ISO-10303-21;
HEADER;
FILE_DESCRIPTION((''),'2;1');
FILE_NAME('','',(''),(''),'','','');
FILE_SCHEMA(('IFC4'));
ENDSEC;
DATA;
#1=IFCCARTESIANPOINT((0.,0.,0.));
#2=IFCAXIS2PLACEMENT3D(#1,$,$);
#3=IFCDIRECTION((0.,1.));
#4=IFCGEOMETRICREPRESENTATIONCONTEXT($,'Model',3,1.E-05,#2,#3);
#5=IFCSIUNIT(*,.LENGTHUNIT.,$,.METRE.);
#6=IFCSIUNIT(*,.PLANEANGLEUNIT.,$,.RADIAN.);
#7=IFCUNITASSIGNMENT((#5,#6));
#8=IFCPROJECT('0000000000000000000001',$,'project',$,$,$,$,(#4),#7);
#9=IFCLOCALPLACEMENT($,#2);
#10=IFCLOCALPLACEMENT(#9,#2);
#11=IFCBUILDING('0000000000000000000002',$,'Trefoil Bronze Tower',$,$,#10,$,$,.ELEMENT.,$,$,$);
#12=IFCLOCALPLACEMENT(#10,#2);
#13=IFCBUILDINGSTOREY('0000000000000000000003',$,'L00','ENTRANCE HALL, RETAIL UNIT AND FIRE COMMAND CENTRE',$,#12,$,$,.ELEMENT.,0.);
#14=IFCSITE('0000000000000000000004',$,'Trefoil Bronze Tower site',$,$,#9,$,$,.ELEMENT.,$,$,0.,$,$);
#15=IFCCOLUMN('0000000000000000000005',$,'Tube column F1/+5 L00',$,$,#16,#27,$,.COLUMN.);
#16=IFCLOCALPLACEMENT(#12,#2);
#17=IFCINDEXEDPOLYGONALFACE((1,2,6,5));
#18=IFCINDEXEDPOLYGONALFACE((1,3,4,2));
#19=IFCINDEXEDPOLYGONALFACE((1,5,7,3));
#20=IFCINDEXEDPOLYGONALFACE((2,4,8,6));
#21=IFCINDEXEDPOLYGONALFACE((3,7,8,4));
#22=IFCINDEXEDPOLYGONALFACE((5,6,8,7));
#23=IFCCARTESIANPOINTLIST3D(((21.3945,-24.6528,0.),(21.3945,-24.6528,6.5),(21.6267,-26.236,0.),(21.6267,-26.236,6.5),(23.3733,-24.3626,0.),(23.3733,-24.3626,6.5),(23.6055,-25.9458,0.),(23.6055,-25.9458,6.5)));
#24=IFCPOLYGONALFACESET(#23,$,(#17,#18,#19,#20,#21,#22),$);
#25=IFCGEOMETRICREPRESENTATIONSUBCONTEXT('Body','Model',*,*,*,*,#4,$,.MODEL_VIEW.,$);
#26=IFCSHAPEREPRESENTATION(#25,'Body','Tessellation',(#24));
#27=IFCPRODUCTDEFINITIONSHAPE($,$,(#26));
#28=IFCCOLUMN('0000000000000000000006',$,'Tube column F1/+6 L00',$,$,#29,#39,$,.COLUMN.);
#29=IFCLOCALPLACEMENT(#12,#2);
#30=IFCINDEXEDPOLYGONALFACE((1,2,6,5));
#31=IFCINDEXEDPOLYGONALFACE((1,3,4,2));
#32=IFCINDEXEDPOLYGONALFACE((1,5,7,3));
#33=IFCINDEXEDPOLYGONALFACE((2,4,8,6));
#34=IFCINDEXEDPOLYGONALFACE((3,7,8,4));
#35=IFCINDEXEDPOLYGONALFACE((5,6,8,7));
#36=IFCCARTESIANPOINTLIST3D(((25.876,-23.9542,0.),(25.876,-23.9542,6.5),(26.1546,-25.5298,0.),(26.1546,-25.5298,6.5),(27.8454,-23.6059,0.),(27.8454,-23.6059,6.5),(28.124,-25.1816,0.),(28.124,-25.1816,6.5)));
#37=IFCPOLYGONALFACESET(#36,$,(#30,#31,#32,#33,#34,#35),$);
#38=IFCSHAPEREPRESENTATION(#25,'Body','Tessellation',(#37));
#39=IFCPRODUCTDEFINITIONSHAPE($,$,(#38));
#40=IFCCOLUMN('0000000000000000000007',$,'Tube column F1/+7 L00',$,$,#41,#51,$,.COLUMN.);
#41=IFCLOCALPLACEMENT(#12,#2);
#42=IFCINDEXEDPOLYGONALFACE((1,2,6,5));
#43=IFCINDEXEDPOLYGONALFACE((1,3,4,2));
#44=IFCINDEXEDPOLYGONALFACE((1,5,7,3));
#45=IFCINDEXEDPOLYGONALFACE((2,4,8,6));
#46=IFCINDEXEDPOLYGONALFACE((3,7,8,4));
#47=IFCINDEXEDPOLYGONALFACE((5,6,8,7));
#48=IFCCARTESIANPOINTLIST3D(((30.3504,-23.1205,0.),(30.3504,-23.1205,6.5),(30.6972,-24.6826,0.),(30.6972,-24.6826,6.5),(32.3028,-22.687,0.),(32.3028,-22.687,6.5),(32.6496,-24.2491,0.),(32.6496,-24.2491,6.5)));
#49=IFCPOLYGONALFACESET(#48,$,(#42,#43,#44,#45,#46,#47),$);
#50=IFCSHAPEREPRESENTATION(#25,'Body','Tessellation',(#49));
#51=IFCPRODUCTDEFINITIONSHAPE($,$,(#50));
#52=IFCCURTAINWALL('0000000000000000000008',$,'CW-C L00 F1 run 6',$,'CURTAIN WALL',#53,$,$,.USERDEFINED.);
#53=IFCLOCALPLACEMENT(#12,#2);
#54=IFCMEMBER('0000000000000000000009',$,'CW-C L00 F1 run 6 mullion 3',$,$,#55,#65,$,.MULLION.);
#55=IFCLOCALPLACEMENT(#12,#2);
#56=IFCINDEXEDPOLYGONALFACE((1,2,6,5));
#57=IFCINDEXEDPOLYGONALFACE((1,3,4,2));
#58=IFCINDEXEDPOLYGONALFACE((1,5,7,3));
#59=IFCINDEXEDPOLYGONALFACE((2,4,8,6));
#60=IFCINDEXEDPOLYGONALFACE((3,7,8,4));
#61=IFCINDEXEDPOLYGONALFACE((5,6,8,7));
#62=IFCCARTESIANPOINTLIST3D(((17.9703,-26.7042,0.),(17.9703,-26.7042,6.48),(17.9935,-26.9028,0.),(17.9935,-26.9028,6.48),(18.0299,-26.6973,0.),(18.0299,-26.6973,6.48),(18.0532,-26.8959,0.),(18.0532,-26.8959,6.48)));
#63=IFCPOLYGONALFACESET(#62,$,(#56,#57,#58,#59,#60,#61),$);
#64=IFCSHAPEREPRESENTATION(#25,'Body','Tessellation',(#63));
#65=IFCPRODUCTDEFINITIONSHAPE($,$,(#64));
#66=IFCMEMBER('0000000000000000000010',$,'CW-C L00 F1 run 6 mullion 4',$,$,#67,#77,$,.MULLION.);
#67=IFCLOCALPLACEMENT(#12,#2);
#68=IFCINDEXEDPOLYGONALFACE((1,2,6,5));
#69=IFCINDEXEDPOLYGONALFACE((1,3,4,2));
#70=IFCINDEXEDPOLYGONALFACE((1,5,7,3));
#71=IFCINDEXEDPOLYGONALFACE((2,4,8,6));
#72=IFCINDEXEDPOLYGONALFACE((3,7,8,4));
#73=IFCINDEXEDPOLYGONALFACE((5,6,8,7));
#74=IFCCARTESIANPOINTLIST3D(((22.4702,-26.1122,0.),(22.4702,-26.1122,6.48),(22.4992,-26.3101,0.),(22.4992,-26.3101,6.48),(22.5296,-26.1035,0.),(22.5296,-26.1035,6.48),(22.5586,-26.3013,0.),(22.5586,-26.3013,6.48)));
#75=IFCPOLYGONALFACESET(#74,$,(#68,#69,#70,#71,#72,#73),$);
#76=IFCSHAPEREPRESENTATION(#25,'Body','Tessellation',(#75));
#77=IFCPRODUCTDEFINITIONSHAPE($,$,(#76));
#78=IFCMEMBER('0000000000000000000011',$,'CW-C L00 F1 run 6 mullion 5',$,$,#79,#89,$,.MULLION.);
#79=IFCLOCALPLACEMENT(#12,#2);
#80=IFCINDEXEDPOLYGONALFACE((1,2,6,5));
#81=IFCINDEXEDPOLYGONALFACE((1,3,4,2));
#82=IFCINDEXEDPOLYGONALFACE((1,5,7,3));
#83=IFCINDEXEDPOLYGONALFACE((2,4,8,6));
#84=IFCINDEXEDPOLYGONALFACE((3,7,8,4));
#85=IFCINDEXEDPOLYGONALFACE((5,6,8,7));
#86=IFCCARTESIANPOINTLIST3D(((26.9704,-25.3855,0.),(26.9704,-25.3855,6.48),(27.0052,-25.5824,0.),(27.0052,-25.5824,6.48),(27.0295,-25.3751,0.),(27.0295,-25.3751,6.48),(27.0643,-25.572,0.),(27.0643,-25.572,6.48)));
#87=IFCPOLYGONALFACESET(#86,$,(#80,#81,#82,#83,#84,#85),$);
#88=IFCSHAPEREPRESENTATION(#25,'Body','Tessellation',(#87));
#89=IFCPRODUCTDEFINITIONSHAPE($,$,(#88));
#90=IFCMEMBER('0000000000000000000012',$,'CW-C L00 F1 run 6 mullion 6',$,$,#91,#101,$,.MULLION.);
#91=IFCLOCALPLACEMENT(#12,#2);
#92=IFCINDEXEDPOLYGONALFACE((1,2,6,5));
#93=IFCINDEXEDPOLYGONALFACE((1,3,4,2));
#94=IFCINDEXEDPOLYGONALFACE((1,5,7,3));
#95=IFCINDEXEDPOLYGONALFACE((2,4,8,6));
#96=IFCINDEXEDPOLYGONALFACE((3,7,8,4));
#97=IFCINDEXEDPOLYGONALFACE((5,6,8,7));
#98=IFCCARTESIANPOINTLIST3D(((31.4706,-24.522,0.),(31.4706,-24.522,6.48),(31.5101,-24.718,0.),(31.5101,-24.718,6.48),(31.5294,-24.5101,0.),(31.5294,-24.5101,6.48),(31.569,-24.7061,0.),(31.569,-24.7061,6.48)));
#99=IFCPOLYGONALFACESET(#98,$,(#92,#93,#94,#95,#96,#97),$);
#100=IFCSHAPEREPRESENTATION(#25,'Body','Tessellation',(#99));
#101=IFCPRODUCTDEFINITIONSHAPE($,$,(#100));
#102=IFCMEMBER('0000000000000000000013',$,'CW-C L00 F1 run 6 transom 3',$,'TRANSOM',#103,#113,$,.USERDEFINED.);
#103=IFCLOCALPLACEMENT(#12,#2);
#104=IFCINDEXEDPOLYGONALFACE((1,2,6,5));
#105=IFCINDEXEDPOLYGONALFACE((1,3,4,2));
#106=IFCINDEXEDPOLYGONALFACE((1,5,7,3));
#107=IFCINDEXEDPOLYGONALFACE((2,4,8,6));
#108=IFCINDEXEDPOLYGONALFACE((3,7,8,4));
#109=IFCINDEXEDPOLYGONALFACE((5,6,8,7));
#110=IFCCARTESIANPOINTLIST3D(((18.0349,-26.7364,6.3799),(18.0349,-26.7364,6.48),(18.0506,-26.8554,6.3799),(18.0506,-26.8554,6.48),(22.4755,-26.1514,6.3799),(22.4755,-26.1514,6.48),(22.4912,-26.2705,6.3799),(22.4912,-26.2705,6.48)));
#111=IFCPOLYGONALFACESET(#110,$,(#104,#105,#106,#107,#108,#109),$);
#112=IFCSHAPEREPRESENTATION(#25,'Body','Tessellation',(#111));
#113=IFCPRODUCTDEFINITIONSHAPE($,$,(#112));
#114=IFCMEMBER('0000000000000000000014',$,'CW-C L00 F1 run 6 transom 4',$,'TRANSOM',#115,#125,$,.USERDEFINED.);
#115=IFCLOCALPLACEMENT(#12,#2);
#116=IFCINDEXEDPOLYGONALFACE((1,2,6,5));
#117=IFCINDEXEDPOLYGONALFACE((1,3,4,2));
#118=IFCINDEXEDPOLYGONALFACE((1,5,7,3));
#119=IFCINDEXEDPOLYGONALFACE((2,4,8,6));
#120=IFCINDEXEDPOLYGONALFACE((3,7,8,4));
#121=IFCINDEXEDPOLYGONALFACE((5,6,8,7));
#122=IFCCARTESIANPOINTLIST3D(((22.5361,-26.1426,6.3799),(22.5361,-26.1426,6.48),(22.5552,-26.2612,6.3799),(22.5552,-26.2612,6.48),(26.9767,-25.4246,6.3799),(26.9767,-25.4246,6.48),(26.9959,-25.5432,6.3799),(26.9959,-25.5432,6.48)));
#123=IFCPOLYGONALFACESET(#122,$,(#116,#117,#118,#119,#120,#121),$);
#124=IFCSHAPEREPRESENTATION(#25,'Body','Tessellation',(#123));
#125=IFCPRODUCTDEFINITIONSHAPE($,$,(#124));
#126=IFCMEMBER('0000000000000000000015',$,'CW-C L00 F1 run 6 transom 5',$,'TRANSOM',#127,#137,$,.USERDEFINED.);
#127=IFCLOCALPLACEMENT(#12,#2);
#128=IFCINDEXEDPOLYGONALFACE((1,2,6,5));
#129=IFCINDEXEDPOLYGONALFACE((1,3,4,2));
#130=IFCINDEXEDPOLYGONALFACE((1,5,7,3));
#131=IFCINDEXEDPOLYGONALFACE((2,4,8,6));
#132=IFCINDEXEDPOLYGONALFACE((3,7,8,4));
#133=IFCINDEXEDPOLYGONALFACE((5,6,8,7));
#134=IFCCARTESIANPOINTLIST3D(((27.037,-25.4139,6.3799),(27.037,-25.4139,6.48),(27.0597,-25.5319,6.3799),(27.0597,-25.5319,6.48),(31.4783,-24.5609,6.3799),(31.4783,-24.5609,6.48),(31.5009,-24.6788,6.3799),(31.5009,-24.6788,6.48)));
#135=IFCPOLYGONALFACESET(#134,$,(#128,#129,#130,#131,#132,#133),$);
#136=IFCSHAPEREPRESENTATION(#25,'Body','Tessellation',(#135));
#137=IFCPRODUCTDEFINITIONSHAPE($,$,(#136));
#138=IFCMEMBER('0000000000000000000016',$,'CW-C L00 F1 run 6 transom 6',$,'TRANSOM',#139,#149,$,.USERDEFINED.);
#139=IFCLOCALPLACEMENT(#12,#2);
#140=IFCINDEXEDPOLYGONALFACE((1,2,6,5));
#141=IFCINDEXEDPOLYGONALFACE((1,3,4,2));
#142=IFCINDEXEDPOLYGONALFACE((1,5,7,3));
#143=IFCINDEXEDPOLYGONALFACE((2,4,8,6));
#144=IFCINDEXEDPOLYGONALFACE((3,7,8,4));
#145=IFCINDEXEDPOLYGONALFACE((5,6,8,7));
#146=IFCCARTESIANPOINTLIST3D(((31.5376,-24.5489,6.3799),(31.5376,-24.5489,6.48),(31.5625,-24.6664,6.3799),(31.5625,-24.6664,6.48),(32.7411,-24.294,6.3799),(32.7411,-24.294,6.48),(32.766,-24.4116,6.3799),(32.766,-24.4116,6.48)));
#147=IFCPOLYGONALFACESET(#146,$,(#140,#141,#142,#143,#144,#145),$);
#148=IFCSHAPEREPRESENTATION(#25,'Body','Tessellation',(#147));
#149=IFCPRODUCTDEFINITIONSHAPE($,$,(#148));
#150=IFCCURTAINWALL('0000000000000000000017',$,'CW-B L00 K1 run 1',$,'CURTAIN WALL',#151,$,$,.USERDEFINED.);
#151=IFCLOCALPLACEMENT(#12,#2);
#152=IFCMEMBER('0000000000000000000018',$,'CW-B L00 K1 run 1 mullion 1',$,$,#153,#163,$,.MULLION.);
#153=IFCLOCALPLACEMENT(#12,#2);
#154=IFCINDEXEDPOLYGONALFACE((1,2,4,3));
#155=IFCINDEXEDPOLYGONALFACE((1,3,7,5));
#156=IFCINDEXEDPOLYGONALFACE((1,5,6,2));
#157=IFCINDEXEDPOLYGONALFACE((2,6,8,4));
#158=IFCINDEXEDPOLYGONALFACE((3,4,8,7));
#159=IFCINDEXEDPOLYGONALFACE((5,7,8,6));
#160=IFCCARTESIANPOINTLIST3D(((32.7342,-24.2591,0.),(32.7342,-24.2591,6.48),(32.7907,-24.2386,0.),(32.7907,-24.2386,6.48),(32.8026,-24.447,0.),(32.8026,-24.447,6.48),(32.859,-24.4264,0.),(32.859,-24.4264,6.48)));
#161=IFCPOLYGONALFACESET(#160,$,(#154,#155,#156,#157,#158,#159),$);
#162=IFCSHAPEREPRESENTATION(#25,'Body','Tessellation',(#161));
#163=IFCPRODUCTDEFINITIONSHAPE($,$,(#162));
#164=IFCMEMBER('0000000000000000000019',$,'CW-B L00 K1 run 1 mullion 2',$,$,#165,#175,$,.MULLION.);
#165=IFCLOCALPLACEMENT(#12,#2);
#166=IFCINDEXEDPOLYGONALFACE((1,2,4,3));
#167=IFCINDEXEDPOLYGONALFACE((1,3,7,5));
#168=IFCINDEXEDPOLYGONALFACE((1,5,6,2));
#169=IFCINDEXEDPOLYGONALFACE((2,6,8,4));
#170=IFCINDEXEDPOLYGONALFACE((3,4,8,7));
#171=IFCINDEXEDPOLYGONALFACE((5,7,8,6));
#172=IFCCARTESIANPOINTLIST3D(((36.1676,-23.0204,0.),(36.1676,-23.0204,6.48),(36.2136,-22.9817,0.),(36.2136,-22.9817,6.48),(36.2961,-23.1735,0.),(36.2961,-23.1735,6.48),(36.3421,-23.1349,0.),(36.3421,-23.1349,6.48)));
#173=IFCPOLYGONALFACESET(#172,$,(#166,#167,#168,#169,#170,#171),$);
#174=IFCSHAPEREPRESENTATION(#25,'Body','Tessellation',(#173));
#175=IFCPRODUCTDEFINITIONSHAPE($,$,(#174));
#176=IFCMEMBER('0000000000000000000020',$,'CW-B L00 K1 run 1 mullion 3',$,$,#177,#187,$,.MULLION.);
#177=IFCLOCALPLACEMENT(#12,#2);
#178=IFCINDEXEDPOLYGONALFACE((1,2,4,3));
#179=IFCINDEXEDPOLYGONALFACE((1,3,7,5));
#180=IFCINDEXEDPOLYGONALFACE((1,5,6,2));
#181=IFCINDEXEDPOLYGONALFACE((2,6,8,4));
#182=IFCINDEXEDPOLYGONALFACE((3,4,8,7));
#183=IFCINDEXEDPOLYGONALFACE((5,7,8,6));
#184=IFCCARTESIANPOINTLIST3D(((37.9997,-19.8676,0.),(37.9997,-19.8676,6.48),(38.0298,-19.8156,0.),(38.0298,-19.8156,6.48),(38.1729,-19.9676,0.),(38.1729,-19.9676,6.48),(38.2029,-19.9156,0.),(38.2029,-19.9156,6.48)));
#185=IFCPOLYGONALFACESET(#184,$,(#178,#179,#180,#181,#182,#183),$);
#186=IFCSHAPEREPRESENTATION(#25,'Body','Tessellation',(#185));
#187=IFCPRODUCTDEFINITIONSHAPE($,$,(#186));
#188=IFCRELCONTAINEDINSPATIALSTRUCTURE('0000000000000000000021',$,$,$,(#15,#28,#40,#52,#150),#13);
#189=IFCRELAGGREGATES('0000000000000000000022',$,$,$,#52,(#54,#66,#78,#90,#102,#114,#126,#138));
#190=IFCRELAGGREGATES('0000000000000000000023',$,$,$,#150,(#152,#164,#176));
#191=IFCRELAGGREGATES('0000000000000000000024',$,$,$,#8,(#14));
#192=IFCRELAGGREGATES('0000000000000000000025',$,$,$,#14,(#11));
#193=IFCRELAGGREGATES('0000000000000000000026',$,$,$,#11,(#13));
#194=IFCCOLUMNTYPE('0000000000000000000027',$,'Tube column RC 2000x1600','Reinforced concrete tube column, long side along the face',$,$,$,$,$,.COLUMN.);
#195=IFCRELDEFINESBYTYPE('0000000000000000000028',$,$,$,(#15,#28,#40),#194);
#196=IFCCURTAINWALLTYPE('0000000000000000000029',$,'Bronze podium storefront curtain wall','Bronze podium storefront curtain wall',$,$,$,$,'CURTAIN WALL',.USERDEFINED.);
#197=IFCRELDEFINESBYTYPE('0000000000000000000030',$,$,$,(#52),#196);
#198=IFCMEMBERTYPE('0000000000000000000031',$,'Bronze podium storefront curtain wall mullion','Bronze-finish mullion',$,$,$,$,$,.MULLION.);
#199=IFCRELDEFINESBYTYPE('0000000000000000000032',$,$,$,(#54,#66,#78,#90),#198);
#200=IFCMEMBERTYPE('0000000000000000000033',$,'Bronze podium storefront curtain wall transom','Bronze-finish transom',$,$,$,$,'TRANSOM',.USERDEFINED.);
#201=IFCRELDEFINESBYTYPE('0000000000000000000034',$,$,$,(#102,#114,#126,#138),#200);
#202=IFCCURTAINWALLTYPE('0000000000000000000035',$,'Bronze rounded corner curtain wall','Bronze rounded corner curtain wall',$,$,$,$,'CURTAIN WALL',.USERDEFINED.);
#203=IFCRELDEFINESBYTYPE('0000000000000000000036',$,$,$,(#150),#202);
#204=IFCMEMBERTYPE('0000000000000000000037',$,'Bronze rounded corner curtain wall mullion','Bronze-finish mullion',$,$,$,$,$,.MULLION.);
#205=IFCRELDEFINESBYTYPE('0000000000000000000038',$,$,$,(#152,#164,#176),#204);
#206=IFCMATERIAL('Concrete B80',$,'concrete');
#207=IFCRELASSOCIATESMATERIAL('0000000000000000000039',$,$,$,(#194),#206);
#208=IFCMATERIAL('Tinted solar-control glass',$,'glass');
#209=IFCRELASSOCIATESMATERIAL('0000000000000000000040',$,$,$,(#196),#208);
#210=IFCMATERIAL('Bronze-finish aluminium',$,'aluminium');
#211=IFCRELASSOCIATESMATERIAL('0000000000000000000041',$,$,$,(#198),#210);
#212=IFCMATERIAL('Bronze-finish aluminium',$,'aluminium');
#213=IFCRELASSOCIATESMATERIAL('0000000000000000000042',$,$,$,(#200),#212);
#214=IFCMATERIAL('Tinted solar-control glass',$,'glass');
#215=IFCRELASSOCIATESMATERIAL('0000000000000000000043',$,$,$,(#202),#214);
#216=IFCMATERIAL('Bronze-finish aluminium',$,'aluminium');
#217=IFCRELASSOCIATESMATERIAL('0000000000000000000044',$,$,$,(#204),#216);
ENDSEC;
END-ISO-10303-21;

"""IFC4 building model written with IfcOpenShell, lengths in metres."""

from ifc_helpers import new_model, si_unit, direction, frame, origin, origin_2d, place, context, subcontext, project, spatial, rectangle, extrude, material, material_profile, profile_set, type_object, element, aggregate, save


model = new_model("IFC4")

# Units and contexts
model_context = context("Model", 3, precision=1e-05, world=origin(), true_north=direction((0.0, 1.0)))
body_context = subcontext(model_context, "Body", "Model", "MODEL_VIEW")
ifc_project = project(units=[si_unit("LENGTHUNIT", "METRE"), si_unit("PLANEANGLEUNIT", "RADIAN")], contexts=[model_context])

# Site, building, storey
site_placement = place(None, origin())
site = spatial("IfcSite", under=ifc_project, at=site_placement, Name="Trefoil Bronze Tower site", CompositionType="ELEMENT", RefElevation=0.0)
building_placement = place(site_placement, origin())
building = spatial("IfcBuilding", under=site, at=building_placement, Name="Trefoil Bronze Tower", CompositionType="ELEMENT")
storey_placement = place(building_placement, origin())
storey = spatial("IfcBuildingStorey", under=building, at=storey_placement, Name="L00", Description="ENTRANCE HALL, RETAIL UNIT AND FIRE COMMAND CENTRE", CompositionType="ELEMENT", Elevation=0.0)

# Columns
ifc_material_1 = material(Name="Concrete B80", Category="concrete")
ifc_material_profile_1 = material_profile(ifc_material_1, rectangle(XDim=2.0, YDim=1.6001, at=origin_2d()), Name="RC 2000x1600")
ifc_profile_set_1 = profile_set([ifc_material_profile_1], Name="Concrete B80")
column_type = type_object("IfcColumnType", Name="Tube column RC 2000x1600", Description="Reinforced concrete tube column, long side along the face", PredefinedType="COLUMN", material=ifc_profile_set_1)
for number, where, z_axis, x_axis, name in (
    (1, (22.5, -25.2993, 0.0), (0.0, 0.0, 1.0), (0.989416, 0.145109, 0.0), "Tube column F1/+5 L00"),
    (2, (27.0, -24.5679, 0.0), (0.0, 0.0, 1.0), (0.984722, 0.174131, 0.0), "Tube column F1/+6 L00"),
    (3, (31.5, -23.6848, 0.0), (0.0, 0.0, 1.0), (0.97623, 0.216739, 0.0), "Tube column F1/+7 L00"),
):
    element("IfcColumn", number, at=place(storey_placement, frame(where, z_axis=z_axis, x_axis=x_axis)), inside=storey, type_object=column_type, Name=name, PredefinedType="COLUMN", context=body_context, shape_type="SweptSolid", body=[
        extrude(rectangle(XDim=2.0, YDim=1.6001, at=origin_2d()), origin(), (0.0, 0.0, 1.0), 6.5),
    ])

# Curtain walls, members
ifc_material_2 = material(Name="Tinted solar-control glass", Category="glass")
curtain_wall_type_1 = type_object("IfcCurtainWallType", Name="Bronze podium storefront curtain wall", Description="Bronze podium storefront curtain wall", ElementType="CURTAIN WALL", PredefinedType="USERDEFINED", material=ifc_material_2)
curtain_wall_1_placement = place(storey_placement, origin())
curtain_wall_1 = element("IfcCurtainWall", 4, at=curtain_wall_1_placement, inside=storey, type_object=curtain_wall_type_1, Name="CW-C L00 F1 run 6", ObjectType="CURTAIN WALL", PredefinedType="USERDEFINED")
ifc_material_3 = material(Name="Bronze-finish aluminium", Category="aluminium")
ifc_material_profile_2 = material_profile(ifc_material_3, rectangle(XDim=0.2, YDim=0.0601, at=origin_2d()), Name="CW-C mullion")
ifc_profile_set_2 = profile_set([ifc_material_profile_2], Name="Bronze-finish aluminium")
member_type_1 = type_object("IfcMemberType", Name="Bronze podium storefront curtain wall mullion", Description="Bronze-finish mullion", PredefinedType="MULLION", material=ifc_profile_set_2)
member_1_placement = place(storey_placement, frame((18.0117, -26.8, 0.0), z_axis=(0.0, 0.0, 1.0), x_axis=(-0.116087, 0.993239, 0.0)))
member_1 = element("IfcMember", 5, at=member_1_placement, type_object=member_type_1, Name="CW-C L00 F1 run 6 mullion 3", PredefinedType="MULLION", context=body_context, shape_type="SweptSolid", body=[
    extrude(rectangle(XDim=0.2, YDim=0.0601, at=origin_2d()), origin(), (0.0, 0.0, 1.0), 6.48),
])
member_2_placement = place(storey_placement, frame((22.5144, -26.2068, 0.0), z_axis=(0.0, 0.0, 1.0), x_axis=(-0.145109, 0.989416, 0.0)))
member_2 = element("IfcMember", 6, at=member_2_placement, type_object=member_type_1, Name="CW-C L00 F1 run 6 mullion 4", PredefinedType="MULLION", context=body_context, shape_type="SweptSolid", body=[
    extrude(rectangle(XDim=0.2, YDim=0.0601, at=origin_2d()), origin(), (0.0, 0.0, 1.0), 6.48),
])
member_3_placement = place(storey_placement, frame((27.0173, -25.4788, 0.0), z_axis=(0.0, 0.0, 1.0), x_axis=(-0.174131, 0.984722, 0.0)))
member_3 = element("IfcMember", 7, at=member_3_placement, type_object=member_type_1, Name="CW-C L00 F1 run 6 mullion 5", PredefinedType="MULLION", context=body_context, shape_type="SweptSolid", body=[
    extrude(rectangle(XDim=0.2, YDim=0.0601, at=origin_2d()), origin(), (0.0, 0.0, 1.0), 6.48),
])
member_4_placement = place(storey_placement, frame((31.5198, -24.614, 0.0), z_axis=(0.0, 0.0, 1.0), x_axis=(-0.19791, 0.98022, 0.0)))
member_4 = element("IfcMember", 8, at=member_4_placement, type_object=member_type_1, Name="CW-C L00 F1 run 6 mullion 6", PredefinedType="MULLION", context=body_context, shape_type="SweptSolid", body=[
    extrude(rectangle(XDim=0.2, YDim=0.0601, at=origin_2d()), origin(), (0.0, 0.0, 1.0), 6.48),
])
ifc_material_4 = material(Name="Bronze-finish aluminium", Category="aluminium")
ifc_material_profile_3 = material_profile(ifc_material_4, rectangle(XDim=0.1201, YDim=0.1001, at=origin_2d()), Name="CW-C transom")
ifc_profile_set_3 = profile_set([ifc_material_profile_3], Name="Bronze-finish aluminium")
member_type_2 = type_object("IfcMemberType", Name="Bronze podium storefront curtain wall transom", Description="Bronze-finish transom", ElementType="TRANSOM", PredefinedType="USERDEFINED", material=ifc_profile_set_3)
member_5_placement = place(storey_placement, frame((18.0427, -26.7959, 6.4299), z_axis=(0.991435, 0.1306, 0.0), x_axis=(-0.1306, 0.991435, 0.0)))
member_5 = element("IfcMember", 9, at=member_5_placement, type_object=member_type_2, Name="CW-C L00 F1 run 6 transom 3", ObjectType="TRANSOM", PredefinedType="USERDEFINED", context=body_context, shape_type="SweptSolid", body=[
    extrude(rectangle(XDim=0.1201, YDim=0.1001, at=origin_2d()), origin(), (0.0, 0.0, 1.0), 4.479),
])
member_6_placement = place(storey_placement, frame((22.5457, -26.2019, 6.4299), z_axis=(0.987179, 0.159618, 0.0), x_axis=(-0.159618, 0.987179, 0.0)))
member_6 = element("IfcMember", 10, at=member_6_placement, type_object=member_type_2, Name="CW-C L00 F1 run 6 transom 4", ObjectType="TRANSOM", PredefinedType="USERDEFINED", context=body_context, shape_type="SweptSolid", body=[
    extrude(rectangle(XDim=0.1201, YDim=0.1001, at=origin_2d()), origin(), (0.0, 0.0, 1.0), 4.4983),
])
member_7_placement = place(storey_placement, frame((27.0483, -25.4729, 6.4299), z_axis=(0.982049, 0.188625, 0.0), x_axis=(-0.188625, 0.982049, 0.0)))
member_7 = element("IfcMember", 11, at=member_7_placement, type_object=member_type_2, Name="CW-C L00 F1 run 6 transom 5", ObjectType="TRANSOM", PredefinedType="USERDEFINED", context=body_context, shape_type="SweptSolid", body=[
    extrude(rectangle(XDim=0.1201, YDim=0.1001, at=origin_2d()), origin(), (0.0, 0.0, 1.0), 4.5225),
])
member_8_placement = place(storey_placement, frame((31.55, -24.6077, 6.4299), z_axis=(0.978305, 0.20717, 0.0), x_axis=(-0.20717, 0.978305, 0.0)))
member_8 = element("IfcMember", 12, at=member_8_placement, type_object=member_type_2, Name="CW-C L00 F1 run 6 transom 6", ObjectType="TRANSOM", PredefinedType="USERDEFINED", context=body_context, shape_type="SweptSolid", body=[
    extrude(rectangle(XDim=0.1201, YDim=0.1001, at=origin_2d()), origin(), (0.0, 0.0, 1.0), 1.2302),
])
ifc_material_5 = material(Name="Tinted solar-control glass", Category="glass")
curtain_wall_type_2 = type_object("IfcCurtainWallType", Name="Bronze rounded corner curtain wall", Description="Bronze rounded corner curtain wall", ElementType="CURTAIN WALL", PredefinedType="USERDEFINED", material=ifc_material_5)
curtain_wall_2_placement = place(storey_placement, origin())
curtain_wall_2 = element("IfcCurtainWall", 13, at=curtain_wall_2_placement, inside=storey, type_object=curtain_wall_type_2, Name="CW-B L00 K1 run 1", ObjectType="CURTAIN WALL", PredefinedType="USERDEFINED")
ifc_material_6 = material(Name="Bronze-finish aluminium", Category="aluminium")
ifc_material_profile_4 = material_profile(ifc_material_6, rectangle(XDim=0.2, YDim=0.0601, at=origin_2d()), Name="CW-B mullion")
ifc_profile_set_4 = profile_set([ifc_material_profile_4], Name="Bronze-finish aluminium")
member_type_3 = type_object("IfcMemberType", Name="Bronze rounded corner curtain wall mullion", Description="Bronze-finish mullion", PredefinedType="MULLION", material=ifc_profile_set_4)
member_9_placement = place(storey_placement, frame((32.7966, -24.3428, 0.0), z_axis=(0.0, 0.0, 1.0), x_axis=(-0.34202, 0.939693, 0.0)))
member_9 = element("IfcMember", 14, at=member_9_placement, type_object=member_type_3, Name="CW-B L00 K1 run 1 mullion 1", PredefinedType="MULLION", context=body_context, shape_type="SweptSolid", body=[
    extrude(rectangle(XDim=0.2, YDim=0.0601, at=origin_2d()), origin(), (0.0, 0.0, 1.0), 6.48),
])
member_10_placement = place(storey_placement, frame((36.2549, -23.0776, 0.0), z_axis=(0.0, 0.0, 1.0), x_axis=(-0.642788, 0.766044, 0.0)))
member_10 = element("IfcMember", 15, at=member_10_placement, type_object=member_type_3, Name="CW-B L00 K1 run 1 mullion 2", PredefinedType="MULLION", context=body_context, shape_type="SweptSolid", body=[
    extrude(rectangle(XDim=0.2, YDim=0.0601, at=origin_2d()), origin(), (0.0, 0.0, 1.0), 6.48),
])
member_11_placement = place(storey_placement, frame((38.1013, -19.8916, 0.0), z_axis=(0.0, 0.0, 1.0), x_axis=(-0.866025, 0.5, 0.0)))
member_11 = element("IfcMember", 16, at=member_11_placement, type_object=member_type_3, Name="CW-B L00 K1 run 1 mullion 3", PredefinedType="MULLION", context=body_context, shape_type="SweptSolid", body=[
    extrude(rectangle(XDim=0.2, YDim=0.0601, at=origin_2d()), origin(), (0.0, 0.0, 1.0), 6.48),
])

aggregate(curtain_wall_1, [member_1, member_2, member_3, member_4, member_5, member_6, member_7, member_8])
aggregate(curtain_wall_2, [member_9, member_10, member_11])

save(model, "model.ifc")
